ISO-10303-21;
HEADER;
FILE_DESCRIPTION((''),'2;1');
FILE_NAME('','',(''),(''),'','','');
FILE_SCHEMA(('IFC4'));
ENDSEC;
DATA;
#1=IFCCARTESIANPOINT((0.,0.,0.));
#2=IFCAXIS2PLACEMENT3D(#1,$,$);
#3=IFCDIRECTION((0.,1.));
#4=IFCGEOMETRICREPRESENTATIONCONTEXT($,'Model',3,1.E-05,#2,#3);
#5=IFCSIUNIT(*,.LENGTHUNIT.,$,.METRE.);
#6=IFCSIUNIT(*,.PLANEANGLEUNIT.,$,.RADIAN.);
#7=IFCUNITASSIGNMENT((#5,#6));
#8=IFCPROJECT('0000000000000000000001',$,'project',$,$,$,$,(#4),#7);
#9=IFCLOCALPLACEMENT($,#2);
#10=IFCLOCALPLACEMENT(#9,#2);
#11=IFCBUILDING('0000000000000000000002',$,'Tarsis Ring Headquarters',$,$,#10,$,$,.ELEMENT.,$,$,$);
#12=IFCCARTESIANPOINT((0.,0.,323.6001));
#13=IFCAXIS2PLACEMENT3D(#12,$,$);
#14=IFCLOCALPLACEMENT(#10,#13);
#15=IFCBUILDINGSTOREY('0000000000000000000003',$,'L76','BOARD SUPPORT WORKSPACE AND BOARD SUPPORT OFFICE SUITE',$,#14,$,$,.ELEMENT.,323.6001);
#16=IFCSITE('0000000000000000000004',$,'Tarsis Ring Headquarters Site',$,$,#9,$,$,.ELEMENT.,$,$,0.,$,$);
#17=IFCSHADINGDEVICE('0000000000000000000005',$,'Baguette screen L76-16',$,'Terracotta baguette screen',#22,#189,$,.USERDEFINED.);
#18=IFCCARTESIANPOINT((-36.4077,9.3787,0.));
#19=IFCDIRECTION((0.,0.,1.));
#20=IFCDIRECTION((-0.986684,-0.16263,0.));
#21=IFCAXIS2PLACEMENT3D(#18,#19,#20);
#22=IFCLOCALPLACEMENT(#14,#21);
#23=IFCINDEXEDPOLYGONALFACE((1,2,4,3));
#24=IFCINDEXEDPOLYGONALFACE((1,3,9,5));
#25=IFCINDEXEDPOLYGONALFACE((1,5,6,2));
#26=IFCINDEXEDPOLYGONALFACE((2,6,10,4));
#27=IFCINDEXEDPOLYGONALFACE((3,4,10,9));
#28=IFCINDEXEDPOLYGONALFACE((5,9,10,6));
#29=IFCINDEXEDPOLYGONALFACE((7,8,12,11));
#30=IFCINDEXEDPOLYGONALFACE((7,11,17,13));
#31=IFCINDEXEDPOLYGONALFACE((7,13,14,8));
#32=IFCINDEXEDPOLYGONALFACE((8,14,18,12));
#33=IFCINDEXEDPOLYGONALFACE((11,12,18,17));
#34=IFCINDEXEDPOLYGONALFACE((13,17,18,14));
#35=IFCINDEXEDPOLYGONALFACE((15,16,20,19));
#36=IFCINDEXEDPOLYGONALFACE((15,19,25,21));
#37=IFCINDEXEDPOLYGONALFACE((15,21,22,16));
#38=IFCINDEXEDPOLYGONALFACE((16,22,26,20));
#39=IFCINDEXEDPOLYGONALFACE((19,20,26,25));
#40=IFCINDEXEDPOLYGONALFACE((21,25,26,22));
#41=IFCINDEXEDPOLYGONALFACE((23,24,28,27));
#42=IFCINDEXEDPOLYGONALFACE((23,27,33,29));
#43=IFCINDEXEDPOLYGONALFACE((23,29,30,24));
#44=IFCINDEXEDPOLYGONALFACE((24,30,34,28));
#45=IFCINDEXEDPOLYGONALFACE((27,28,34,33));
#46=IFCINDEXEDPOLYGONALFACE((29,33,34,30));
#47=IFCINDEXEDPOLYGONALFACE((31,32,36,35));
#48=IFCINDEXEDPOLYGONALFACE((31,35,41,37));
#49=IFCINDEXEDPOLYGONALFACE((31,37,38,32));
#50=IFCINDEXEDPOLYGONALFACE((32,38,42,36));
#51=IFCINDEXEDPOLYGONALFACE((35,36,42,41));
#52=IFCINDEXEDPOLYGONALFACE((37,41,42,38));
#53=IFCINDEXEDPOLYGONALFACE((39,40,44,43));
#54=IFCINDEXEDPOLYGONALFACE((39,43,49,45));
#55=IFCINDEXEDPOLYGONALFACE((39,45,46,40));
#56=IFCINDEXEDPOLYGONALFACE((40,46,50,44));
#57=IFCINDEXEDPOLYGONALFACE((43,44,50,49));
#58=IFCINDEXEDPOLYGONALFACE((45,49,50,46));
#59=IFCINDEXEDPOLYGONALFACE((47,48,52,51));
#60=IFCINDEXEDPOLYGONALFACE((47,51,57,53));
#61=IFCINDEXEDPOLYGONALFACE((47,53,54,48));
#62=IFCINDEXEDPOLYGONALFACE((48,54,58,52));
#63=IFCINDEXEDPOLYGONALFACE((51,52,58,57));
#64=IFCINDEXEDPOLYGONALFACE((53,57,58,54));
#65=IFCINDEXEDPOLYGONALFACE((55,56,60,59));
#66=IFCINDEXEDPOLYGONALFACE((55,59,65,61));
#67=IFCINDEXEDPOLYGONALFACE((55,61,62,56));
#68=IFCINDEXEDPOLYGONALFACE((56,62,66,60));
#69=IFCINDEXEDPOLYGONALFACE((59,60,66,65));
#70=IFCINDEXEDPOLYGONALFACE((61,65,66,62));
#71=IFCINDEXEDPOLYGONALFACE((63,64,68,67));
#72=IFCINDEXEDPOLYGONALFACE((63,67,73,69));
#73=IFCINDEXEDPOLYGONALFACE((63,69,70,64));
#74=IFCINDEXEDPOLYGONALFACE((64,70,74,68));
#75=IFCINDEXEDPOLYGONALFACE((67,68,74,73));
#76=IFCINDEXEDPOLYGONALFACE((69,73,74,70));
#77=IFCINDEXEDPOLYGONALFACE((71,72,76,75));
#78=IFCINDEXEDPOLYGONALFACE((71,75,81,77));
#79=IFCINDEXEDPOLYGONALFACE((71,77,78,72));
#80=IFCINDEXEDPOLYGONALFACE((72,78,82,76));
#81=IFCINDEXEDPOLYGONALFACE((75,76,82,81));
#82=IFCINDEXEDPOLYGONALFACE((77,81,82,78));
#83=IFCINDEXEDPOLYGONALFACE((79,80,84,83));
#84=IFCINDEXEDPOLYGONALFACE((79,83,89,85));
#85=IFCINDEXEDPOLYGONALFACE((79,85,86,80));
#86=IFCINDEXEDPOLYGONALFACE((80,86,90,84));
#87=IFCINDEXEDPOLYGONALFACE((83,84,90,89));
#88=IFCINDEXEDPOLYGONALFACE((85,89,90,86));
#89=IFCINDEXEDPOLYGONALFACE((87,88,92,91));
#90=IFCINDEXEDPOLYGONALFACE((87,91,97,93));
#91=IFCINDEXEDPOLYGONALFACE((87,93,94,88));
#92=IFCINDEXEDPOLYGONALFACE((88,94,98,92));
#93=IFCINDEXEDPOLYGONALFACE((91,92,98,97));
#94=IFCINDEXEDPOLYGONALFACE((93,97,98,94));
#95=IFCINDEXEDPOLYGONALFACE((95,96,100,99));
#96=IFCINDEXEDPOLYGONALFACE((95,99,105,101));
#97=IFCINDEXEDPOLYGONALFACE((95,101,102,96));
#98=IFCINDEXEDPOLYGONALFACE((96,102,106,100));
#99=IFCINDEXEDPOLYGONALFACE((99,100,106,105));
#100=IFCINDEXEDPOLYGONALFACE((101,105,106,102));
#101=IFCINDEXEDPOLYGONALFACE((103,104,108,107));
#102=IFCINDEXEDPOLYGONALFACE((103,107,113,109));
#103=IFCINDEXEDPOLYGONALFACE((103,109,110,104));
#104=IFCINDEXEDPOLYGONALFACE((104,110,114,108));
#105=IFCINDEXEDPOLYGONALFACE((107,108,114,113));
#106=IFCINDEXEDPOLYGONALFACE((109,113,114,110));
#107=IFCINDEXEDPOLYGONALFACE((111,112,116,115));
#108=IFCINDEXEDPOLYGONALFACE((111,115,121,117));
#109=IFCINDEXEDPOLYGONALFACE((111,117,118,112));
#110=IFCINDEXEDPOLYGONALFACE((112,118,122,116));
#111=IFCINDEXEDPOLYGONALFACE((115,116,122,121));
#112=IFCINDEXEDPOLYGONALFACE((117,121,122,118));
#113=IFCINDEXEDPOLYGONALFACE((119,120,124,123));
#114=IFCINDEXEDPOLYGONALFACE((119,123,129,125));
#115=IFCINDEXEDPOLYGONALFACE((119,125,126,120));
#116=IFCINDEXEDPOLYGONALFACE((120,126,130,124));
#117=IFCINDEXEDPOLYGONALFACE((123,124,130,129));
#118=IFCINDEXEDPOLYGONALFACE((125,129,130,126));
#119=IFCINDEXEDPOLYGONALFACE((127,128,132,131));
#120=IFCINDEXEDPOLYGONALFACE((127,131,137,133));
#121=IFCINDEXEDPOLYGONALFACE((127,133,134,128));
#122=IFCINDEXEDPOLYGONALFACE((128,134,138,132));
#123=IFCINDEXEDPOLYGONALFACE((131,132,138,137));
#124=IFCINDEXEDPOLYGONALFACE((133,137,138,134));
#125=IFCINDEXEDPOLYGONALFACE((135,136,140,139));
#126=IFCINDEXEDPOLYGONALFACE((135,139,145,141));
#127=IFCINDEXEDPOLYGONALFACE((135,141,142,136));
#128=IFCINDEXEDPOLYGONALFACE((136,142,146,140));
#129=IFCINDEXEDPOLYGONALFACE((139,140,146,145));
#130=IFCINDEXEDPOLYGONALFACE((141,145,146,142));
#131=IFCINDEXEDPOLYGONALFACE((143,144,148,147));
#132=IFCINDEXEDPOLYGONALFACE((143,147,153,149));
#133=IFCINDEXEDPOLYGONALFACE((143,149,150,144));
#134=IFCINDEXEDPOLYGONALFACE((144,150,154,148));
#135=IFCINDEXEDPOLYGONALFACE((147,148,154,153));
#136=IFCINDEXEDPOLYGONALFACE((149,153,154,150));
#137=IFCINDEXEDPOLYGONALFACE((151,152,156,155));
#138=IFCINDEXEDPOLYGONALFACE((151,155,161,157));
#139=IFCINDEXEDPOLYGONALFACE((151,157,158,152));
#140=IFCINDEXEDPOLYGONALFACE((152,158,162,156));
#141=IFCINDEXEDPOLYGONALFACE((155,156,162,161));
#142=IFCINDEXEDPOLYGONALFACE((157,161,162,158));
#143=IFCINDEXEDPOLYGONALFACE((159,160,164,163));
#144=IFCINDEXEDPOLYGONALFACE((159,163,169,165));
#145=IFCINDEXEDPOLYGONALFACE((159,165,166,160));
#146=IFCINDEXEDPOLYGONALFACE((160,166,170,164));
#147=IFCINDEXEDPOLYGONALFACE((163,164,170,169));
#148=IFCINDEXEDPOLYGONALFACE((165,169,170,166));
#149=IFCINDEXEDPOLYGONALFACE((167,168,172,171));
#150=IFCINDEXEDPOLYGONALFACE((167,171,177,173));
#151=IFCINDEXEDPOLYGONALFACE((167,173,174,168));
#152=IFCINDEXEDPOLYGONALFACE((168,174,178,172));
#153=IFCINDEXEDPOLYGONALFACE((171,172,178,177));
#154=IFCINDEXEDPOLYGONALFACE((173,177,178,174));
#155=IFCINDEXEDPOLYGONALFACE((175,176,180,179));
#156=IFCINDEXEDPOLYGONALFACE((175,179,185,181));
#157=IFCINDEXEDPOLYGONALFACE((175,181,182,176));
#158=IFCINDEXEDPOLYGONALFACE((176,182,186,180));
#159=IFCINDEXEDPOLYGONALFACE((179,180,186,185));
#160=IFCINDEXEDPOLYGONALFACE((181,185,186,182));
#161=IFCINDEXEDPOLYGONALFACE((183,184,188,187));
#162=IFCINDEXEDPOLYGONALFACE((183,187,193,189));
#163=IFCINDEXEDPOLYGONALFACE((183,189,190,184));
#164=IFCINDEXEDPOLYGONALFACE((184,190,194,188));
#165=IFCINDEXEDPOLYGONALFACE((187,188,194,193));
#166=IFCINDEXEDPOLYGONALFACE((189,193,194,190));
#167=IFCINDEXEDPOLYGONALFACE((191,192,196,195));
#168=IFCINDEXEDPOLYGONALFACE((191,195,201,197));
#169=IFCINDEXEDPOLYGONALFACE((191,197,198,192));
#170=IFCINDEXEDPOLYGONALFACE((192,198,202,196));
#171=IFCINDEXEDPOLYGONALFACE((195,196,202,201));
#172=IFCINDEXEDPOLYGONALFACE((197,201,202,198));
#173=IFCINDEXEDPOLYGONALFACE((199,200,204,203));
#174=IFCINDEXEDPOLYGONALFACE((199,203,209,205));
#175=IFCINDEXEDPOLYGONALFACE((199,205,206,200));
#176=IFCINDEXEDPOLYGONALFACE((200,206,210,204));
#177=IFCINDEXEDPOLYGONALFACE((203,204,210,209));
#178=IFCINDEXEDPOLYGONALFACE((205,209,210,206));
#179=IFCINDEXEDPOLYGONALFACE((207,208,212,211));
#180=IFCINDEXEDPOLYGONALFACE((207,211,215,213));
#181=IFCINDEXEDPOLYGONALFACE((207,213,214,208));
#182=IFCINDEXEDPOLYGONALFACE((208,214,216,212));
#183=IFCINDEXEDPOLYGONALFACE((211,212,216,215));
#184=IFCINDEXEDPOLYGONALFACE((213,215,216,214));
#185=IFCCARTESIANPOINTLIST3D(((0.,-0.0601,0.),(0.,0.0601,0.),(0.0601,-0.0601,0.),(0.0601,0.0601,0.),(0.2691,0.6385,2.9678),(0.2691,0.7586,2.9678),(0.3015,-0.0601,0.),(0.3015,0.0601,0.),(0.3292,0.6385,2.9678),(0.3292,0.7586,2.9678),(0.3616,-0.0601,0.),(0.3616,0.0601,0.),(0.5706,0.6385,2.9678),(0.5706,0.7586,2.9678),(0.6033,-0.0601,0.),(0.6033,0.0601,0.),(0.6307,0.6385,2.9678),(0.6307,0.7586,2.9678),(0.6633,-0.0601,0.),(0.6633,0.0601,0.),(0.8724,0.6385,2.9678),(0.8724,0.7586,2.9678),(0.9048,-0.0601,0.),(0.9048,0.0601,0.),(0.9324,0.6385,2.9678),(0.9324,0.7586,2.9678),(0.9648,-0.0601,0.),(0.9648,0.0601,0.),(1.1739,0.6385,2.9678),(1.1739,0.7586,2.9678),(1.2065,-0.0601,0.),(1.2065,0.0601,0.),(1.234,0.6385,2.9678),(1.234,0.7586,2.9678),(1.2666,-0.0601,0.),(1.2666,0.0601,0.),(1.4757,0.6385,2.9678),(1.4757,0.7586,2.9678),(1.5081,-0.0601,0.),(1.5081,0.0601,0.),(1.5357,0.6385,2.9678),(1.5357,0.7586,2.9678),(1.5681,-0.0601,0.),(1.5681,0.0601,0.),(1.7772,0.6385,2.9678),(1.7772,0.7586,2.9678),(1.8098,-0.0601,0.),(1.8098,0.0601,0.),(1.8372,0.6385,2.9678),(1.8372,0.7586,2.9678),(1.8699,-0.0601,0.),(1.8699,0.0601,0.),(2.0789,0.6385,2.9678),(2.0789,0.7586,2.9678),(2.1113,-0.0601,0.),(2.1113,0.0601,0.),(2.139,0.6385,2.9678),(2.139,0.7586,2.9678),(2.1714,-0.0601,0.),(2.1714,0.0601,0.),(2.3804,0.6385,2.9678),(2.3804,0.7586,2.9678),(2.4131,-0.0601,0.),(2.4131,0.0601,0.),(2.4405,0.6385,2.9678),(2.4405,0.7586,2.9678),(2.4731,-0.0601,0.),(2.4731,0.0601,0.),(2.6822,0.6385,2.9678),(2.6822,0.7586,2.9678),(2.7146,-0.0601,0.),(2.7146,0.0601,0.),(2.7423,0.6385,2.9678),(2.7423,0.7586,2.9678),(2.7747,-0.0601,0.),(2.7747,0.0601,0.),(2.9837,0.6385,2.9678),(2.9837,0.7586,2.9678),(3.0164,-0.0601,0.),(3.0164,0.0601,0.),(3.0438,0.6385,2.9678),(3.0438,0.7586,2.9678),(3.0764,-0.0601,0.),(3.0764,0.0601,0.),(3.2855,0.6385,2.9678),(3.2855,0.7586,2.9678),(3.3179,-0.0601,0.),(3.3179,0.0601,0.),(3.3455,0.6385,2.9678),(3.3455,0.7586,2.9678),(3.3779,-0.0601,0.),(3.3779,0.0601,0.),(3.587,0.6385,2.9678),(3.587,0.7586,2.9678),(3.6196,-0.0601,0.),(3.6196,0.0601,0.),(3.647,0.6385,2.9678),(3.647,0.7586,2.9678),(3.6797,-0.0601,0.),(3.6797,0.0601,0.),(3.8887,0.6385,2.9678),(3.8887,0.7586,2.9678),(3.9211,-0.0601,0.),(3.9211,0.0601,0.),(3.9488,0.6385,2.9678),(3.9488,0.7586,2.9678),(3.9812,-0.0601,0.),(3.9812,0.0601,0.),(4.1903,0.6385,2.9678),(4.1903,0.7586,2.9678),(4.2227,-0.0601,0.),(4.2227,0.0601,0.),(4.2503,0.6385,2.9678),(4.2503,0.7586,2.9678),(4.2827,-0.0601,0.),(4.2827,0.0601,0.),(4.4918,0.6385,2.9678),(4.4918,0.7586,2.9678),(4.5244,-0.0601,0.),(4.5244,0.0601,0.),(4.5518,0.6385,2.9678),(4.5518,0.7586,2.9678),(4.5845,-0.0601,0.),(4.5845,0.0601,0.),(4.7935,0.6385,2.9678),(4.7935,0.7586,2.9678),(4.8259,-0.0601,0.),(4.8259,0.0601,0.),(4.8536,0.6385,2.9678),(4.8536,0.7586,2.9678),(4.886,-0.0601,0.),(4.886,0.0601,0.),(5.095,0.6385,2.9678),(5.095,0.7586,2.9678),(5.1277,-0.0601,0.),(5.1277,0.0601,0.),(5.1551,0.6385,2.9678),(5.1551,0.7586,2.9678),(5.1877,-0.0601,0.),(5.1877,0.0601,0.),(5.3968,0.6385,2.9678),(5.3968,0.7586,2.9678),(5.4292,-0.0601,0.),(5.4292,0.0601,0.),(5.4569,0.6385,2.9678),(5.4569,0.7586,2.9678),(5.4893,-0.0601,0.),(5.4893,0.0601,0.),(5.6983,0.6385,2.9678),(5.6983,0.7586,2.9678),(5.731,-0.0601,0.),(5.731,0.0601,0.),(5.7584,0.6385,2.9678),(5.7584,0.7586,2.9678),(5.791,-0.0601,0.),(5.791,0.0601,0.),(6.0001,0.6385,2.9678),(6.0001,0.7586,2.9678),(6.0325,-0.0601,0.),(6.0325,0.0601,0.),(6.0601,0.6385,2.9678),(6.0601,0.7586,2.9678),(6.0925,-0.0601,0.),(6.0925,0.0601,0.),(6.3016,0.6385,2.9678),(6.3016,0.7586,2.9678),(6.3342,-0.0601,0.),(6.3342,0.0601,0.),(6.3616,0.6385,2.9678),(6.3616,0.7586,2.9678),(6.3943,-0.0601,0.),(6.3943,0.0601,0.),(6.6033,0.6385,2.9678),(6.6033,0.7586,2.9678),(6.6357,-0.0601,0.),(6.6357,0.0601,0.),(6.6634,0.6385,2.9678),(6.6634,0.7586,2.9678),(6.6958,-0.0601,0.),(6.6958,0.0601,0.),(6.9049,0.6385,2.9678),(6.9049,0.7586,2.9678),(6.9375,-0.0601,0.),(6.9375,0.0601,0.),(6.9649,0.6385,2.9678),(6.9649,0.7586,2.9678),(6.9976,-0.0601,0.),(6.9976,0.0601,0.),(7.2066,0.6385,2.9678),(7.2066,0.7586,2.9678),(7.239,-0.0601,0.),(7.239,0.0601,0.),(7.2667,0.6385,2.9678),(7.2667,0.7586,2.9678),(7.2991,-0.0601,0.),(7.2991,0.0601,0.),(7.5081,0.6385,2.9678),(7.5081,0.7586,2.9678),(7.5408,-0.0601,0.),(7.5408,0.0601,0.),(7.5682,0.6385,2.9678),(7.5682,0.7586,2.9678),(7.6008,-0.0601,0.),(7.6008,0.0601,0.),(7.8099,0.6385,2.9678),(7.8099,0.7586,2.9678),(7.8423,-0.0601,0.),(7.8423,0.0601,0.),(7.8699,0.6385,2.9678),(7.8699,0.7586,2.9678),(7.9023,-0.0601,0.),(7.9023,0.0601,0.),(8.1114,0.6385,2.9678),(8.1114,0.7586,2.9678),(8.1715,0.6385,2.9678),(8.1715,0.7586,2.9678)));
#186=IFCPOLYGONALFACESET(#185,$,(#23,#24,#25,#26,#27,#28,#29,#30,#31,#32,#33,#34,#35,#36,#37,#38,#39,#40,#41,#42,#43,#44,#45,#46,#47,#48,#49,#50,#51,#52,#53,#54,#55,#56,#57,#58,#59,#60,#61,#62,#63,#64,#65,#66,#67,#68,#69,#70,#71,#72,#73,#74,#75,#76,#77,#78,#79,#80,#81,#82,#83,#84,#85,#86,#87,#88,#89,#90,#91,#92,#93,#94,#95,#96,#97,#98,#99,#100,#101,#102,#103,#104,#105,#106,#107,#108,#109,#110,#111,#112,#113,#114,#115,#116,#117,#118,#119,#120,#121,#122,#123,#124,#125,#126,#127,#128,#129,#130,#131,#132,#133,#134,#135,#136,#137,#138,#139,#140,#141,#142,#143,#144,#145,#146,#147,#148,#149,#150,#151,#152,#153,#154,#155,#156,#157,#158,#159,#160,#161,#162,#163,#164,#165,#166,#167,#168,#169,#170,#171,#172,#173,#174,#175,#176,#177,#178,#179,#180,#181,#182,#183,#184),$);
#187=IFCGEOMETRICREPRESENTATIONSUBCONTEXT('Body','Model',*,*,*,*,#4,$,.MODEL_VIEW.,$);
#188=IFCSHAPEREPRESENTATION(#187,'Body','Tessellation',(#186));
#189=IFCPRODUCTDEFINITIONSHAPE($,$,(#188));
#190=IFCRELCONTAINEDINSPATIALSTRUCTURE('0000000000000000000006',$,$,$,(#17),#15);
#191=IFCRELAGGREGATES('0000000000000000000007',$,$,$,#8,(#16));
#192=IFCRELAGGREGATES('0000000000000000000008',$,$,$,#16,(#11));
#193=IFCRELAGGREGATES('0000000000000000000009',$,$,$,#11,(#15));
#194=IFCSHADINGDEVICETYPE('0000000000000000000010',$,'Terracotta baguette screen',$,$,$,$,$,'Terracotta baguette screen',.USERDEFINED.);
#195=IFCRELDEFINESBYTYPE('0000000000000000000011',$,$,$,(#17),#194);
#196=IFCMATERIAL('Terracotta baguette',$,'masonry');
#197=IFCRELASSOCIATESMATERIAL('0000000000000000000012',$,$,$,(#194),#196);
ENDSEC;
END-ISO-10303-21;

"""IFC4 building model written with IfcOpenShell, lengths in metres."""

from ifc_helpers import new_model, si_unit, direction, frame, frame_2d, origin, place, context, subcontext, project, spatial, rectangle, composite_profile, extrude, material, type_object, element, save


model = new_model("IFC4")

# Units and contexts
model_context = context("Model", 3, precision=1e-05, world=origin(), true_north=direction((0.0, 1.0)))
body_context = subcontext(model_context, "Body", "Model", "MODEL_VIEW")
ifc_project = project(units=[si_unit("LENGTHUNIT", "METRE"), si_unit("PLANEANGLEUNIT", "RADIAN")], contexts=[model_context])

# Site, building, storey
site_placement = place(None, origin())
site = spatial("IfcSite", under=ifc_project, at=site_placement, Name="Tarsis Ring Headquarters Site", CompositionType="ELEMENT", RefElevation=0.0)
building_placement = place(site_placement, origin())
building = spatial("IfcBuilding", under=site, at=building_placement, Name="Tarsis Ring Headquarters", CompositionType="ELEMENT")
storey_placement = place(building_placement, frame((0.0, 0.0, 323.6001)))
storey = spatial("IfcBuildingStorey", under=building, at=storey_placement, Name="L76", Description="BOARD SUPPORT WORKSPACE AND BOARD SUPPORT OFFICE SUITE", CompositionType="ELEMENT", Elevation=323.6001)

# Shading device
ifc_material_1 = material(Name="Terracotta baguette", Category="masonry")
shading_device_type_1 = type_object("IfcShadingDeviceType", Name="Terracotta baguette screen", ElementType="Terracotta baguette screen", PredefinedType="USERDEFINED", material=ifc_material_1)
shading_device_1_placement = place(storey_placement, frame((-36.4077, 9.3787, 0.0), z_axis=(0.0, 0.0, 1.0), x_axis=(-0.986684, -0.16263, 0.0)))
element("IfcShadingDevice", 1, at=shading_device_1_placement, inside=storey, type_object=shading_device_type_1, Name="Baguette screen L76-16", ObjectType="Terracotta baguette screen", PredefinedType="USERDEFINED", context=body_context, shape_type="SweptSolid", body=[
    extrude(composite_profile([rectangle(XDim=0.0601, YDim=0.1201, at=frame_2d((0.03, 0.0))), rectangle(XDim=0.0601, YDim=0.1201, at=frame_2d((0.3315, 0.0))), rectangle(XDim=0.0601, YDim=0.1201, at=frame_2d((0.6333, 0.0))), rectangle(XDim=0.0601, YDim=0.1201, at=frame_2d((0.9348, 0.0))), rectangle(XDim=0.0601, YDim=0.1201, at=frame_2d((1.2366, 0.0))), rectangle(XDim=0.0601, YDim=0.1201, at=frame_2d((1.5381, 0.0))), rectangle(XDim=0.0601, YDim=0.1201, at=frame_2d((1.8398, 0.0))), rectangle(XDim=0.0601, YDim=0.1201, at=frame_2d((2.1414, 0.0))), rectangle(XDim=0.0601, YDim=0.1201, at=frame_2d((2.4431, 0.0))), rectangle(XDim=0.0601, YDim=0.1201, at=frame_2d((2.7446, 0.0))), rectangle(XDim=0.0601, YDim=0.1201, at=frame_2d((3.0464, 0.0))), rectangle(XDim=0.0601, YDim=0.1201, at=frame_2d((3.3479, 0.0))), rectangle(XDim=0.0601, YDim=0.1201, at=frame_2d((3.6497, 0.0))), rectangle(XDim=0.0601, YDim=0.1201, at=frame_2d((3.9512, 0.0))), rectangle(XDim=0.0601, YDim=0.1201, at=frame_2d((4.2527, 0.0))), rectangle(XDim=0.0601, YDim=0.1201, at=frame_2d((4.5544, 0.0))), rectangle(XDim=0.0601, YDim=0.1201, at=frame_2d((4.856, 0.0))), rectangle(XDim=0.0601, YDim=0.1201, at=frame_2d((5.1577, 0.0))), rectangle(XDim=0.0601, YDim=0.1201, at=frame_2d((5.4592, 0.0))), rectangle(XDim=0.0601, YDim=0.1201, at=frame_2d((5.761, 0.0))), rectangle(XDim=0.0601, YDim=0.1201, at=frame_2d((6.0625, 0.0))), rectangle(XDim=0.0601, YDim=0.1201, at=frame_2d((6.3643, 0.0))), rectangle(XDim=0.0601, YDim=0.1201, at=frame_2d((6.6658, 0.0))), rectangle(XDim=0.0601, YDim=0.1201, at=frame_2d((6.9675, 0.0))), rectangle(XDim=0.0601, YDim=0.1201, at=frame_2d((7.269, 0.0))), rectangle(XDim=0.0601, YDim=0.1201, at=frame_2d((7.5708, 0.0))), rectangle(XDim=0.0601, YDim=0.1201, at=frame_2d((7.8723, 0.0)))]), origin(), (0.087923, 0.228229, 0.969629), 3.0608),
])

save(model, "model.ifc")
